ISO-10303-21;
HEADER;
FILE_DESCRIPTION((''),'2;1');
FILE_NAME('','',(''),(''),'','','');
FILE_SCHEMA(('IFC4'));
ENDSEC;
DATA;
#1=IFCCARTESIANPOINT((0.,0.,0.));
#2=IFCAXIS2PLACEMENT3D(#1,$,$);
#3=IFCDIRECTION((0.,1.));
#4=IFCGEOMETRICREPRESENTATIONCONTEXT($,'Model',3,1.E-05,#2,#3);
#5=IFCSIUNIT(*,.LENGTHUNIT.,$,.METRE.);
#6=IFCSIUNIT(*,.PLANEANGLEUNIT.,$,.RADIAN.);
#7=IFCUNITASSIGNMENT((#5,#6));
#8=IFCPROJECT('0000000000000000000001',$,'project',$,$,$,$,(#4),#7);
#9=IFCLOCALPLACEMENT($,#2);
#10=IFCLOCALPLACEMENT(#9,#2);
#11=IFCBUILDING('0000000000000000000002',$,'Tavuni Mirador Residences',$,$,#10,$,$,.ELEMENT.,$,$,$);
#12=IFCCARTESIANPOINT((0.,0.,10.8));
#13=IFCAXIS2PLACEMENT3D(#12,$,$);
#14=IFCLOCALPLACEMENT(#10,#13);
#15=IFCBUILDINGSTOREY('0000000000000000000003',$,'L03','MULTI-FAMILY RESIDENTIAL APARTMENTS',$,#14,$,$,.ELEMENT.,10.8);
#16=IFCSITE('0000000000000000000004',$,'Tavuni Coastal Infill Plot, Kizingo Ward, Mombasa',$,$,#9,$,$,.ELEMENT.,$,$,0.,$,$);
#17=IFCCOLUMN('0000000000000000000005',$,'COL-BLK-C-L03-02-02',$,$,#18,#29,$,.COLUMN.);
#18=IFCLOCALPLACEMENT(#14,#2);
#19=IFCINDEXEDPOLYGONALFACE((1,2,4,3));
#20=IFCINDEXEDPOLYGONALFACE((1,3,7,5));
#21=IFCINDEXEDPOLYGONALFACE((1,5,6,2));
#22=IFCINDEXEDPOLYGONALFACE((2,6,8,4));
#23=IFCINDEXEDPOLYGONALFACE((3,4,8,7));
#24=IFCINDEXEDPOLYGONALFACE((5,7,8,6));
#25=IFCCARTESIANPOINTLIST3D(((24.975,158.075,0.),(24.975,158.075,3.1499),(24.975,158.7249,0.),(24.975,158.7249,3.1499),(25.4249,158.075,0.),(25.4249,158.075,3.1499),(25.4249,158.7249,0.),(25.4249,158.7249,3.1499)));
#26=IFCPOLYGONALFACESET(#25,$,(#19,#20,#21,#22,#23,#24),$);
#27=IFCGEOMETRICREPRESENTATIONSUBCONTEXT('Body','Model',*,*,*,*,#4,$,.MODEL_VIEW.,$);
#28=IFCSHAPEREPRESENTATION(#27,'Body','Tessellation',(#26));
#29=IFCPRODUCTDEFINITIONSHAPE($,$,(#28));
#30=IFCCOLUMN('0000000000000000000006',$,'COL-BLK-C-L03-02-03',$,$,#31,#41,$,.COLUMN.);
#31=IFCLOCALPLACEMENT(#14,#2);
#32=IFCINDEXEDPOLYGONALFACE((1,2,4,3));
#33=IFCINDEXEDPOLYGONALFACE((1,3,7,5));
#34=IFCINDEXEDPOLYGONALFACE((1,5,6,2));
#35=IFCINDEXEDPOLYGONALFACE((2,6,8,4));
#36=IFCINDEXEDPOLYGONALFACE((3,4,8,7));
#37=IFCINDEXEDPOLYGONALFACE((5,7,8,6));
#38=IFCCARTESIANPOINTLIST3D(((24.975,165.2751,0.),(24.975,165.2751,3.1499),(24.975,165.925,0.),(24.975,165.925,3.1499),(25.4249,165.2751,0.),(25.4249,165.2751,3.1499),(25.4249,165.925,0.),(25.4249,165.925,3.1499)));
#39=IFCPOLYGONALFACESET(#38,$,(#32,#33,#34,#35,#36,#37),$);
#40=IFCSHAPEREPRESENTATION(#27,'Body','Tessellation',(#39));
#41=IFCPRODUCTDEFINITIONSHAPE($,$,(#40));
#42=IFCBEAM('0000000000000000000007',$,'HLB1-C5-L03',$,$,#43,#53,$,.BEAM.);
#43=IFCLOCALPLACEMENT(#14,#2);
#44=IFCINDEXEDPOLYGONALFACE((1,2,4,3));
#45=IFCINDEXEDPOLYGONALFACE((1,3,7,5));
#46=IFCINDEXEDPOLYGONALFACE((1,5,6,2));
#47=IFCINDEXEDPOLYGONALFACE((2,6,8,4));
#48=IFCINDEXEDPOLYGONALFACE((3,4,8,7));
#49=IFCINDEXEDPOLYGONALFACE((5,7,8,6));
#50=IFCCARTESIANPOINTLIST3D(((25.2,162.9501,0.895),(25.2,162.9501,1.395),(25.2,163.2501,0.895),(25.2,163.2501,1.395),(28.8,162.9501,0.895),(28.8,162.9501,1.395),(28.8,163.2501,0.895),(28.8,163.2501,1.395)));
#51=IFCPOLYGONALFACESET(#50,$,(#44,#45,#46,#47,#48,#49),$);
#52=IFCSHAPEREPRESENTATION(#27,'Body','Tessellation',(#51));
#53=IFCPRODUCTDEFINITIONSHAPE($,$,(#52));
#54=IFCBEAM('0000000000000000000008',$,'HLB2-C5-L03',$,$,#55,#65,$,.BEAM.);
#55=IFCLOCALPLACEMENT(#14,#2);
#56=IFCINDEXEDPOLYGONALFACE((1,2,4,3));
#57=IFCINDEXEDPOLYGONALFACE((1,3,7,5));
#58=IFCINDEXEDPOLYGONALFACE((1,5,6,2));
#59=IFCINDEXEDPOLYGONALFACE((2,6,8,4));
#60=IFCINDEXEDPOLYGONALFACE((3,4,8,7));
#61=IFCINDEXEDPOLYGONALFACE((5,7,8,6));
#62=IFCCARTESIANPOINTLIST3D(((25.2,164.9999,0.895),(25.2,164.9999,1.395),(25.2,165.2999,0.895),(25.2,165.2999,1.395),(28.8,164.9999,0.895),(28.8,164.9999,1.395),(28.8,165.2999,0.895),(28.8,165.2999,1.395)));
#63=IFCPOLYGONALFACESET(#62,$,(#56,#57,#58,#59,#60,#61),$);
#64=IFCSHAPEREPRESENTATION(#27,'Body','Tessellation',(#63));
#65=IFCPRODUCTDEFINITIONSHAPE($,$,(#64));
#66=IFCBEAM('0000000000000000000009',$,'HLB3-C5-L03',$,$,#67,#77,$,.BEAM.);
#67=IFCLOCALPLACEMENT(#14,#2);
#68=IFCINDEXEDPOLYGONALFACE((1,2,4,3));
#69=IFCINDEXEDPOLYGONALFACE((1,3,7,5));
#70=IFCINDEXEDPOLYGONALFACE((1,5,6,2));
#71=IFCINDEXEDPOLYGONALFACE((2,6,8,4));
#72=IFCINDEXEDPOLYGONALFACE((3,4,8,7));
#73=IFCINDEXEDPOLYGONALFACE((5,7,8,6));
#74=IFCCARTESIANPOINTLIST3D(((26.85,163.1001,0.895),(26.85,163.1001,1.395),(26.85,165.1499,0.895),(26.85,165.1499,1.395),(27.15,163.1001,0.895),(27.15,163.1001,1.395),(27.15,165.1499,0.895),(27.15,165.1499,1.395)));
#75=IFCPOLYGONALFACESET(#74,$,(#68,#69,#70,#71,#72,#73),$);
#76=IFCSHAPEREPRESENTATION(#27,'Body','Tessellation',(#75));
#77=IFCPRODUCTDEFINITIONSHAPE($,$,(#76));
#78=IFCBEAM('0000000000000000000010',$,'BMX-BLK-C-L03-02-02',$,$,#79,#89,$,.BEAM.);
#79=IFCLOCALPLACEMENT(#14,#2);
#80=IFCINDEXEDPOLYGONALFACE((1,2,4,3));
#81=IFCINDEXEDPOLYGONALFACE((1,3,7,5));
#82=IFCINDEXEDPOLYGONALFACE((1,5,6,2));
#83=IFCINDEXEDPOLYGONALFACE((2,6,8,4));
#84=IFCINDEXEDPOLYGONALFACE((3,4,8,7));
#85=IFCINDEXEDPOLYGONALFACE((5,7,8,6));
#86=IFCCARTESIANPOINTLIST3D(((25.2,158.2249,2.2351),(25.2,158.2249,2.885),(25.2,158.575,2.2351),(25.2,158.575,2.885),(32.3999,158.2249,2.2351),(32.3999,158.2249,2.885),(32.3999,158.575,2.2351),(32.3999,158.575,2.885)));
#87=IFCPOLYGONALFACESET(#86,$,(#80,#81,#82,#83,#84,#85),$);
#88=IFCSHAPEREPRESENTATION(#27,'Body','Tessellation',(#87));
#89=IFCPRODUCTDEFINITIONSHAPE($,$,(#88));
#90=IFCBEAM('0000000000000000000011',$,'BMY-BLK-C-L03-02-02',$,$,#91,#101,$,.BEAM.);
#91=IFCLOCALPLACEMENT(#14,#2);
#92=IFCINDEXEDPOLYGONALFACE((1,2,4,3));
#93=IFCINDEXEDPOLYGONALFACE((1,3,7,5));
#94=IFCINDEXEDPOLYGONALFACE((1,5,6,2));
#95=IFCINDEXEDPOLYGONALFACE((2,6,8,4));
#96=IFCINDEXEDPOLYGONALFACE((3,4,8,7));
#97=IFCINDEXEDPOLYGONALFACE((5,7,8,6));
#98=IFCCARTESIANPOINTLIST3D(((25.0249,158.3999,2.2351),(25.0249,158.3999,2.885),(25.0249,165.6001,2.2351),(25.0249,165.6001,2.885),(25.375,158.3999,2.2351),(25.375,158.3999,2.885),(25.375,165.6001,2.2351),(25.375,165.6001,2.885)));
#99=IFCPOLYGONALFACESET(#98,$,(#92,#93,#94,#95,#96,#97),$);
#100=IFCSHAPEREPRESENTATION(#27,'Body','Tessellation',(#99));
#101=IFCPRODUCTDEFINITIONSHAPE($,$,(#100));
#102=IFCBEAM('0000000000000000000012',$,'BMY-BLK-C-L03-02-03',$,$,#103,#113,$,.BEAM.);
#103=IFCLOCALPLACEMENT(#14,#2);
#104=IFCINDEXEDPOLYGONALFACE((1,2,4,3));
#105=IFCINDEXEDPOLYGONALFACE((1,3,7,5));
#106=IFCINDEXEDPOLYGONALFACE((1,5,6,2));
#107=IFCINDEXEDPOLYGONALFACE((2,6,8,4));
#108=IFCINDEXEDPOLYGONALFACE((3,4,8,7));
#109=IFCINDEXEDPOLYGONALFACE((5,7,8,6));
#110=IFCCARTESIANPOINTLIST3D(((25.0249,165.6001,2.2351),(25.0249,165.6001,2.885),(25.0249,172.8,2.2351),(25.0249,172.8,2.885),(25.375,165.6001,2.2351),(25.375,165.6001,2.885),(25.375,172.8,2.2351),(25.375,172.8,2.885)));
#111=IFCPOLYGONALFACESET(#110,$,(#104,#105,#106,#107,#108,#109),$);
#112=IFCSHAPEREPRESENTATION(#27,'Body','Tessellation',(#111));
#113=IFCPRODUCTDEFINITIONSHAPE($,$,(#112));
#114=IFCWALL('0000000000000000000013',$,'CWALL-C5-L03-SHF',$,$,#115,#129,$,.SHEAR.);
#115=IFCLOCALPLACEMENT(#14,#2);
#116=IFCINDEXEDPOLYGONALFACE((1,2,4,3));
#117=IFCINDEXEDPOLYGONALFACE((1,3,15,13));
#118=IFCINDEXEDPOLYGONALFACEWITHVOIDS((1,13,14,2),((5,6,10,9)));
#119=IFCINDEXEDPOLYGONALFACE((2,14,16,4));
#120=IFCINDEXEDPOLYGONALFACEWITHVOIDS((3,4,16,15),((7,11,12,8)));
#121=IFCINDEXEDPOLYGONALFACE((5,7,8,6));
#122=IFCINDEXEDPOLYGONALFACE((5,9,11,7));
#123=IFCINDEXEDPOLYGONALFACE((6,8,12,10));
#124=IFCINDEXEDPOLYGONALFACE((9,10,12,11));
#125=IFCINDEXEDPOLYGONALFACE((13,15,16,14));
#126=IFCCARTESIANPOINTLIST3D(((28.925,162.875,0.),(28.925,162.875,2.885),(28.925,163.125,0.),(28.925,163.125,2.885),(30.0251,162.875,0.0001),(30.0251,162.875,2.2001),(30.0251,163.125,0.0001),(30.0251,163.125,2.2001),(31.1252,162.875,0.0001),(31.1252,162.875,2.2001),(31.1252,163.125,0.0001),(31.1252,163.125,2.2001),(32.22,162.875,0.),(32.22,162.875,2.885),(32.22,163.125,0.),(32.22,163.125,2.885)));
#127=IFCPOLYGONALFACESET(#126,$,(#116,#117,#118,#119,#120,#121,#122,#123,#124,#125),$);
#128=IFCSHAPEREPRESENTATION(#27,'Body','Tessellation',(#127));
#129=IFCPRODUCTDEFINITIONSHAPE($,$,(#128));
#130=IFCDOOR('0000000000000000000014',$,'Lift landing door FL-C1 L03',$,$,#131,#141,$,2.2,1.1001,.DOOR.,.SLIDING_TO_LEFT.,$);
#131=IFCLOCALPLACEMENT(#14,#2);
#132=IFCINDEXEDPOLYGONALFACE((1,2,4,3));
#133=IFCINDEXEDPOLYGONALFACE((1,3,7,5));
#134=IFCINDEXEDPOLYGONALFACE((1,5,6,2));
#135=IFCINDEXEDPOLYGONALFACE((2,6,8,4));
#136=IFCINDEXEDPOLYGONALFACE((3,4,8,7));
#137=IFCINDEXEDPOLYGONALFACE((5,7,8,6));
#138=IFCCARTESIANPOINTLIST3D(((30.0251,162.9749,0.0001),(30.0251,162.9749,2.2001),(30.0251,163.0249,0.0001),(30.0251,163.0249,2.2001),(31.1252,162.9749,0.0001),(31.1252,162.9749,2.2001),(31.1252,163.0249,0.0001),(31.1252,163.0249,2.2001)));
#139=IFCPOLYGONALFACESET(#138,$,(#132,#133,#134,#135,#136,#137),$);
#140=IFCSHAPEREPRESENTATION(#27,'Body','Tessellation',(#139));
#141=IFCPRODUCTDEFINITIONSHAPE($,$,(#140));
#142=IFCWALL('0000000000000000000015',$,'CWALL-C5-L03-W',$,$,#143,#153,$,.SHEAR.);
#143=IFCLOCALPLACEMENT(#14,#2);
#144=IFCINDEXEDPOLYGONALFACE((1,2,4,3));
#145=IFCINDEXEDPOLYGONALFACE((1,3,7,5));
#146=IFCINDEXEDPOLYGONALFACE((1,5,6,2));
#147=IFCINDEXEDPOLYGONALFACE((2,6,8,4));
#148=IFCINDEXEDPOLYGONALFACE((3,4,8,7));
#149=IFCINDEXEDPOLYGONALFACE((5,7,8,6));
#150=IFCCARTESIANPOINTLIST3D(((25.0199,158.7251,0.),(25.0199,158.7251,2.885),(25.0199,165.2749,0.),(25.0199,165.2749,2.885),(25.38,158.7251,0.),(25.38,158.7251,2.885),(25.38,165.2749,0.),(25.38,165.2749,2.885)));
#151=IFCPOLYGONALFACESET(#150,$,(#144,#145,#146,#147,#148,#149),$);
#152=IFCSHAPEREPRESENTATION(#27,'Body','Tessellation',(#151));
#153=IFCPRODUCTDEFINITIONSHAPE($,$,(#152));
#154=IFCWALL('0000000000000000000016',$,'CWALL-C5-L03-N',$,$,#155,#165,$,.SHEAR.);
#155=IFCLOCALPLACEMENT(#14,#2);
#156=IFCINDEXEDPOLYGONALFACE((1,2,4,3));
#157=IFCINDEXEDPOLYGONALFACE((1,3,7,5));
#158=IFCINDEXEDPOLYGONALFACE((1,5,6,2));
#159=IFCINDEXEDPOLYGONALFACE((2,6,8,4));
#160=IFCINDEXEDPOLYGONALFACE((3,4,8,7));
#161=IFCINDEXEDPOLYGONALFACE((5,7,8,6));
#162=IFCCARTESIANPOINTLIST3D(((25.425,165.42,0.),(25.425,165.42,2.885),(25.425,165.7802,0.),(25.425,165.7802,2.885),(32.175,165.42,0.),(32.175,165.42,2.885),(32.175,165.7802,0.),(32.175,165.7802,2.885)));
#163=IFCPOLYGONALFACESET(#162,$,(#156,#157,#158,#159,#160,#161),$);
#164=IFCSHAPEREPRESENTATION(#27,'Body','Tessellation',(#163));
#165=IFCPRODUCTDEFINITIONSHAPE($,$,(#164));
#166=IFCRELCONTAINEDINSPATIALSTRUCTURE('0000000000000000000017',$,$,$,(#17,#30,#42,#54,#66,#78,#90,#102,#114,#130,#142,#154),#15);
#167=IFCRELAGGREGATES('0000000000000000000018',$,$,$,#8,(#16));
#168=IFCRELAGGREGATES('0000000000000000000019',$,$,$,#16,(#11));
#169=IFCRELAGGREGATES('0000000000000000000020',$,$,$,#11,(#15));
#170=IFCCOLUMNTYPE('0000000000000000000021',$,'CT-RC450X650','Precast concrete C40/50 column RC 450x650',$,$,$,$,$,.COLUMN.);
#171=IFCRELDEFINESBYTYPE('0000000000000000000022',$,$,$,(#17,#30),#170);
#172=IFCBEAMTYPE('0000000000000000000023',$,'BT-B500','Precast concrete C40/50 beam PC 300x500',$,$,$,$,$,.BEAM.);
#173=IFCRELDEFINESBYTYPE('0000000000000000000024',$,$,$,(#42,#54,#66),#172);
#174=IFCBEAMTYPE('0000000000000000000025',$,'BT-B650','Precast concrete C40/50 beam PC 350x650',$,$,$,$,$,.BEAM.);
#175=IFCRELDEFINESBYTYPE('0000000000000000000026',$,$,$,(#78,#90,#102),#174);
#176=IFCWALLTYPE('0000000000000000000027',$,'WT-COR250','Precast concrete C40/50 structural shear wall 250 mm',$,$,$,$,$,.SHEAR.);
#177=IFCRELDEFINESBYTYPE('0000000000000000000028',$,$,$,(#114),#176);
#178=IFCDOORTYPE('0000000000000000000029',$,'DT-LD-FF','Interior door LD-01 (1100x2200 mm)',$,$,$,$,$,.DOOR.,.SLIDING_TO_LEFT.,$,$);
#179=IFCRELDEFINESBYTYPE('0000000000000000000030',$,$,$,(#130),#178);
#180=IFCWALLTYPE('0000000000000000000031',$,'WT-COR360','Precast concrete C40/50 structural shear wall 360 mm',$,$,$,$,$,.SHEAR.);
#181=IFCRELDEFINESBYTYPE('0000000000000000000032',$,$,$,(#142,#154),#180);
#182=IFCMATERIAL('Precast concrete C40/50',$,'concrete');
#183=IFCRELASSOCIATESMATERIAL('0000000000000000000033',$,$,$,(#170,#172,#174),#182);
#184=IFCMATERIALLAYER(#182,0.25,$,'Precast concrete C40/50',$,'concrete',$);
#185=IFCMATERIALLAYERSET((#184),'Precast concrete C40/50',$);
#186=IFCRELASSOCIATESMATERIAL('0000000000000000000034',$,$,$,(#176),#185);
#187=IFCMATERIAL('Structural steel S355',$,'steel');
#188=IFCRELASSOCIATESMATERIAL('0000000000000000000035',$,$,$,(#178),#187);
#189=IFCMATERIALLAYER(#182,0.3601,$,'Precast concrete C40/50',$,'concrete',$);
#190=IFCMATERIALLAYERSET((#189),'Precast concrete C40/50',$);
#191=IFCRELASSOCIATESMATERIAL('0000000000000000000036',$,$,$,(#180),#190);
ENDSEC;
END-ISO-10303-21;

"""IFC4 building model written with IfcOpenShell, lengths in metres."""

from ifc_helpers import new_model, si_unit, direction, frame, frame_2d, origin, origin_2d, place, context, subcontext, project, spatial, rectangle, extrude, material, layer, layer_set, material_profile, profile_set, type_object, element, fill, save


model = new_model("IFC4")

# Units and contexts
model_context = context("Model", 3, precision=1e-05, world=origin(), true_north=direction((0.0, 1.0)))
body_context = subcontext(model_context, "Body", "Model", "MODEL_VIEW")
ifc_project = project(units=[si_unit("LENGTHUNIT", "METRE"), si_unit("PLANEANGLEUNIT", "RADIAN")], contexts=[model_context])

# Site, building, storey
site_placement = place(None, origin())
site = spatial("IfcSite", under=ifc_project, at=site_placement, Name="Tavuni Coastal Infill Plot, Kizingo Ward, Mombasa", CompositionType="ELEMENT", RefElevation=0.0)
building_placement = place(site_placement, origin())
building = spatial("IfcBuilding", under=site, at=building_placement, Name="Tavuni Mirador Residences", CompositionType="ELEMENT")
storey_placement = place(building_placement, frame((0.0, 0.0, 10.8)))
storey = spatial("IfcBuildingStorey", under=building, at=storey_placement, Name="L03", Description="MULTI-FAMILY RESIDENTIAL APARTMENTS", CompositionType="ELEMENT", Elevation=10.8)

# Columns
ifc_material_1 = material(Name="Precast concrete C40/50", Category="concrete")
ifc_material_profile_1 = material_profile(ifc_material_1, rectangle(XDim=0.45, YDim=0.6499, at=origin_2d()), Name="RC 450x650", Category="concrete")
ifc_profile_set_1 = profile_set([ifc_material_profile_1], Name="Precast concrete C40/50")
column_type = type_object("IfcColumnType", Name="CT-RC450X650", Description="Precast concrete C40/50 column RC 450x650", PredefinedType="COLUMN", material=ifc_profile_set_1)
for number, where, z_axis, x_axis, name in (
    (1, (25.2, 158.3999, 0.0), (0.0, 0.0, 1.0), (1.0, 0.0, 0.0), "COL-BLK-C-L03-02-02"),
    (2, (25.2, 165.6001, 0.0), (0.0, 0.0, 1.0), (1.0, 0.0, 0.0), "COL-BLK-C-L03-02-03"),
):
    element("IfcColumn", number, at=place(storey_placement, frame(where, z_axis=z_axis, x_axis=x_axis)), inside=storey, type_object=column_type, Name=name, PredefinedType="COLUMN", context=body_context, shape_type="SweptSolid", body=[
        extrude(rectangle(XDim=0.45, YDim=0.6499, at=origin_2d()), origin(), (0.0, 0.0, 1.0), 3.1499),
    ])

# Beams
ifc_material_profile_2 = material_profile(ifc_material_1, rectangle(XDim=0.3, YDim=0.5, at=origin_2d()), Name="PC 300x500", Category="concrete")
ifc_profile_set_2 = profile_set([ifc_material_profile_2], Name="Precast concrete C40/50")
beam_type_1 = type_object("IfcBeamType", Name="BT-B500", Description="Precast concrete C40/50 beam PC 300x500", PredefinedType="BEAM", material=ifc_profile_set_2)
for number, where, z_axis, x_axis, name in (
    (3, (25.2, 163.1001, 1.145), (1.0, 0.0, 0.0), (0.0, 1.0, 0.0), "HLB1-C5-L03"),
    (4, (25.2, 165.1499, 1.145), (1.0, 0.0, 0.0), (0.0, 1.0, 0.0), "HLB2-C5-L03"),
):
    element("IfcBeam", number, at=place(storey_placement, frame(where, z_axis=z_axis, x_axis=x_axis)), inside=storey, type_object=beam_type_1, Name=name, PredefinedType="BEAM", context=body_context, shape_type="SweptSolid", body=[
        extrude(rectangle(XDim=0.3, YDim=0.5, at=origin_2d()), origin(), (0.0, 0.0, 1.0), 3.6001),
    ])
beam_1_placement = place(storey_placement, frame((27.0, 163.1001, 1.145), z_axis=(0.0, 1.0, 0.0), x_axis=(-1.0, 0.0, 0.0)))
element("IfcBeam", 5, at=beam_1_placement, inside=storey, type_object=beam_type_1, Name="HLB3-C5-L03", PredefinedType="BEAM", context=body_context, shape_type="SweptSolid", body=[
    extrude(rectangle(XDim=0.3, YDim=0.5, at=origin_2d()), origin(), (0.0, 0.0, 1.0), 2.0498),
])
ifc_material_profile_3 = material_profile(ifc_material_1, rectangle(XDim=0.3501, YDim=0.6499, at=origin_2d()), Name="PC 350x650", Category="concrete")
ifc_profile_set_3 = profile_set([ifc_material_profile_3], Name="Precast concrete C40/50")
beam_type_2 = type_object("IfcBeamType", Name="BT-B650", Description="Precast concrete C40/50 beam PC 350x650", PredefinedType="BEAM", material=ifc_profile_set_3)
beam_2_placement = place(storey_placement, frame((25.2, 158.3999, 2.5601), z_axis=(1.0, 0.0, 0.0), x_axis=(0.0, 1.0, 0.0)))
element("IfcBeam", 6, at=beam_2_placement, inside=storey, type_object=beam_type_2, Name="BMX-BLK-C-L03-02-02", PredefinedType="BEAM", context=body_context, shape_type="SweptSolid", body=[
    extrude(rectangle(XDim=0.3501, YDim=0.6499, at=origin_2d()), origin(), (0.0, 0.0, 1.0), 7.2),
])
beam_3_placement = place(storey_placement, frame((25.2, 158.3999, 2.5601), z_axis=(0.0, 1.0, 0.0), x_axis=(-1.0, 0.0, 0.0)))
element("IfcBeam", 7, at=beam_3_placement, inside=storey, type_object=beam_type_2, Name="BMY-BLK-C-L03-02-02", PredefinedType="BEAM", context=body_context, shape_type="SweptSolid", body=[
    extrude(rectangle(XDim=0.3501, YDim=0.6499, at=origin_2d()), origin(), (0.0, 0.0, 1.0), 7.2002),
])
beam_4_placement = place(storey_placement, frame((25.2, 165.6001, 2.5601), z_axis=(0.0, 1.0, 0.0), x_axis=(-1.0, 0.0, 0.0)))
element("IfcBeam", 8, at=beam_4_placement, inside=storey, type_object=beam_type_2, Name="BMY-BLK-C-L03-02-03", PredefinedType="BEAM", context=body_context, shape_type="SweptSolid", body=[
    extrude(rectangle(XDim=0.3501, YDim=0.6499, at=origin_2d()), origin(), (0.0, 0.0, 1.0), 7.2),
])

# Wall, opening, door
ifc_layer_1 = layer(ifc_material_1, 0.25, Name="Precast concrete C40/50", Category="concrete")
ifc_layer_set_1 = layer_set([ifc_layer_1], Name="Precast concrete C40/50")
wall_type_1 = type_object("IfcWallType", Name="WT-COR250", Description="Precast concrete C40/50 structural shear wall 250 mm", PredefinedType="SHEAR", material=ifc_layer_set_1)
wall_1_placement = place(storey_placement, frame((28.925, 163.0, 0.0), z_axis=(0.0, 0.0, 1.0), x_axis=(1.0, 0.0, 0.0)))
wall_1 = element("IfcWall", 9, at=wall_1_placement, inside=storey, type_object=wall_type_1, Name="CWALL-C5-L03-SHF", PredefinedType="SHEAR", context=body_context, shape_type="SweptSolid", body=[
    extrude(rectangle(XDim=3.2949, YDim=0.25, at=frame_2d((1.6475, 0.0))), origin(), (0.0, 0.0, 1.0), 2.885),
])
opening_1_placement = place(wall_1_placement, frame((1.1001, 0.0, 0.0)))
opening_1 = element("IfcOpeningElement", 10, at=opening_1_placement, cuts=wall_1, PredefinedType="OPENING", context=body_context, shape_type="SweptSolid", body=[
    extrude(rectangle(XDim=1.1001, YDim=2.2, at=frame_2d((0.55, 1.1001))), frame((0.0, 0.135, 0.0), z_axis=(0.0, -1.0, 0.0), x_axis=(1.0, 0.0, 0.0)), (0.0, 0.0, 1.0), 0.27),
])
ifc_material_2 = material(Name="Structural steel S355", Category="steel")
door_type_1 = type_object("IfcDoorType", Name="DT-LD-FF", Description="Interior door LD-01 (1100x2200 mm)", OperationType="SLIDING_TO_LEFT", PredefinedType="DOOR", material=ifc_material_2)
door_1_placement = place(opening_1_placement, origin())
door_1 = element("IfcDoor", 11, at=door_1_placement, inside=storey, type_object=door_type_1, Name="Lift landing door FL-C1 L03", OperationType="SLIDING_TO_LEFT", OverallHeight=2.2, OverallWidth=1.1001, PredefinedType="DOOR", context=body_context, shape_type="SweptSolid", body=[
    extrude(rectangle(XDim=1.1001, YDim=2.2, at=frame_2d((0.55, 1.1001))), frame((0.0, 0.0249, 0.0), z_axis=(0.0, -1.0, 0.0), x_axis=(1.0, 0.0, 0.0)), (0.0, 0.0, 1.0), 0.05),
])
fill(opening_1, door_1)

# Walls
ifc_layer_2 = layer(ifc_material_1, 0.3601, Name="Precast concrete C40/50", Category="concrete")
ifc_layer_set_2 = layer_set([ifc_layer_2], Name="Precast concrete C40/50")
wall_type_2 = type_object("IfcWallType", Name="WT-COR360", Description="Precast concrete C40/50 structural shear wall 360 mm", PredefinedType="SHEAR", material=ifc_layer_set_2)
wall_2_placement = place(storey_placement, frame((25.2, 158.7251, 0.0), z_axis=(0.0, 0.0, 1.0), x_axis=(0.0, 1.0, 0.0)))
element("IfcWall", 12, at=wall_2_placement, inside=storey, type_object=wall_type_2, Name="CWALL-C5-L03-W", PredefinedType="SHEAR", context=body_context, shape_type="SweptSolid", body=[
    extrude(rectangle(XDim=6.5498, YDim=0.3601, at=frame_2d((3.2749, 0.0))), origin(), (0.0, 0.0, 1.0), 2.885),
])
wall_3_placement = place(storey_placement, frame((25.425, 165.6001, 0.0), z_axis=(0.0, 0.0, 1.0), x_axis=(1.0, 0.0, 0.0)))
element("IfcWall", 13, at=wall_3_placement, inside=storey, type_object=wall_type_2, Name="CWALL-C5-L03-N", PredefinedType="SHEAR", context=body_context, shape_type="SweptSolid", body=[
    extrude(rectangle(XDim=6.75, YDim=0.3601, at=frame_2d((3.375, 0.0))), origin(), (0.0, 0.0, 1.0), 2.885),
])

save(model, "model.ifc")
